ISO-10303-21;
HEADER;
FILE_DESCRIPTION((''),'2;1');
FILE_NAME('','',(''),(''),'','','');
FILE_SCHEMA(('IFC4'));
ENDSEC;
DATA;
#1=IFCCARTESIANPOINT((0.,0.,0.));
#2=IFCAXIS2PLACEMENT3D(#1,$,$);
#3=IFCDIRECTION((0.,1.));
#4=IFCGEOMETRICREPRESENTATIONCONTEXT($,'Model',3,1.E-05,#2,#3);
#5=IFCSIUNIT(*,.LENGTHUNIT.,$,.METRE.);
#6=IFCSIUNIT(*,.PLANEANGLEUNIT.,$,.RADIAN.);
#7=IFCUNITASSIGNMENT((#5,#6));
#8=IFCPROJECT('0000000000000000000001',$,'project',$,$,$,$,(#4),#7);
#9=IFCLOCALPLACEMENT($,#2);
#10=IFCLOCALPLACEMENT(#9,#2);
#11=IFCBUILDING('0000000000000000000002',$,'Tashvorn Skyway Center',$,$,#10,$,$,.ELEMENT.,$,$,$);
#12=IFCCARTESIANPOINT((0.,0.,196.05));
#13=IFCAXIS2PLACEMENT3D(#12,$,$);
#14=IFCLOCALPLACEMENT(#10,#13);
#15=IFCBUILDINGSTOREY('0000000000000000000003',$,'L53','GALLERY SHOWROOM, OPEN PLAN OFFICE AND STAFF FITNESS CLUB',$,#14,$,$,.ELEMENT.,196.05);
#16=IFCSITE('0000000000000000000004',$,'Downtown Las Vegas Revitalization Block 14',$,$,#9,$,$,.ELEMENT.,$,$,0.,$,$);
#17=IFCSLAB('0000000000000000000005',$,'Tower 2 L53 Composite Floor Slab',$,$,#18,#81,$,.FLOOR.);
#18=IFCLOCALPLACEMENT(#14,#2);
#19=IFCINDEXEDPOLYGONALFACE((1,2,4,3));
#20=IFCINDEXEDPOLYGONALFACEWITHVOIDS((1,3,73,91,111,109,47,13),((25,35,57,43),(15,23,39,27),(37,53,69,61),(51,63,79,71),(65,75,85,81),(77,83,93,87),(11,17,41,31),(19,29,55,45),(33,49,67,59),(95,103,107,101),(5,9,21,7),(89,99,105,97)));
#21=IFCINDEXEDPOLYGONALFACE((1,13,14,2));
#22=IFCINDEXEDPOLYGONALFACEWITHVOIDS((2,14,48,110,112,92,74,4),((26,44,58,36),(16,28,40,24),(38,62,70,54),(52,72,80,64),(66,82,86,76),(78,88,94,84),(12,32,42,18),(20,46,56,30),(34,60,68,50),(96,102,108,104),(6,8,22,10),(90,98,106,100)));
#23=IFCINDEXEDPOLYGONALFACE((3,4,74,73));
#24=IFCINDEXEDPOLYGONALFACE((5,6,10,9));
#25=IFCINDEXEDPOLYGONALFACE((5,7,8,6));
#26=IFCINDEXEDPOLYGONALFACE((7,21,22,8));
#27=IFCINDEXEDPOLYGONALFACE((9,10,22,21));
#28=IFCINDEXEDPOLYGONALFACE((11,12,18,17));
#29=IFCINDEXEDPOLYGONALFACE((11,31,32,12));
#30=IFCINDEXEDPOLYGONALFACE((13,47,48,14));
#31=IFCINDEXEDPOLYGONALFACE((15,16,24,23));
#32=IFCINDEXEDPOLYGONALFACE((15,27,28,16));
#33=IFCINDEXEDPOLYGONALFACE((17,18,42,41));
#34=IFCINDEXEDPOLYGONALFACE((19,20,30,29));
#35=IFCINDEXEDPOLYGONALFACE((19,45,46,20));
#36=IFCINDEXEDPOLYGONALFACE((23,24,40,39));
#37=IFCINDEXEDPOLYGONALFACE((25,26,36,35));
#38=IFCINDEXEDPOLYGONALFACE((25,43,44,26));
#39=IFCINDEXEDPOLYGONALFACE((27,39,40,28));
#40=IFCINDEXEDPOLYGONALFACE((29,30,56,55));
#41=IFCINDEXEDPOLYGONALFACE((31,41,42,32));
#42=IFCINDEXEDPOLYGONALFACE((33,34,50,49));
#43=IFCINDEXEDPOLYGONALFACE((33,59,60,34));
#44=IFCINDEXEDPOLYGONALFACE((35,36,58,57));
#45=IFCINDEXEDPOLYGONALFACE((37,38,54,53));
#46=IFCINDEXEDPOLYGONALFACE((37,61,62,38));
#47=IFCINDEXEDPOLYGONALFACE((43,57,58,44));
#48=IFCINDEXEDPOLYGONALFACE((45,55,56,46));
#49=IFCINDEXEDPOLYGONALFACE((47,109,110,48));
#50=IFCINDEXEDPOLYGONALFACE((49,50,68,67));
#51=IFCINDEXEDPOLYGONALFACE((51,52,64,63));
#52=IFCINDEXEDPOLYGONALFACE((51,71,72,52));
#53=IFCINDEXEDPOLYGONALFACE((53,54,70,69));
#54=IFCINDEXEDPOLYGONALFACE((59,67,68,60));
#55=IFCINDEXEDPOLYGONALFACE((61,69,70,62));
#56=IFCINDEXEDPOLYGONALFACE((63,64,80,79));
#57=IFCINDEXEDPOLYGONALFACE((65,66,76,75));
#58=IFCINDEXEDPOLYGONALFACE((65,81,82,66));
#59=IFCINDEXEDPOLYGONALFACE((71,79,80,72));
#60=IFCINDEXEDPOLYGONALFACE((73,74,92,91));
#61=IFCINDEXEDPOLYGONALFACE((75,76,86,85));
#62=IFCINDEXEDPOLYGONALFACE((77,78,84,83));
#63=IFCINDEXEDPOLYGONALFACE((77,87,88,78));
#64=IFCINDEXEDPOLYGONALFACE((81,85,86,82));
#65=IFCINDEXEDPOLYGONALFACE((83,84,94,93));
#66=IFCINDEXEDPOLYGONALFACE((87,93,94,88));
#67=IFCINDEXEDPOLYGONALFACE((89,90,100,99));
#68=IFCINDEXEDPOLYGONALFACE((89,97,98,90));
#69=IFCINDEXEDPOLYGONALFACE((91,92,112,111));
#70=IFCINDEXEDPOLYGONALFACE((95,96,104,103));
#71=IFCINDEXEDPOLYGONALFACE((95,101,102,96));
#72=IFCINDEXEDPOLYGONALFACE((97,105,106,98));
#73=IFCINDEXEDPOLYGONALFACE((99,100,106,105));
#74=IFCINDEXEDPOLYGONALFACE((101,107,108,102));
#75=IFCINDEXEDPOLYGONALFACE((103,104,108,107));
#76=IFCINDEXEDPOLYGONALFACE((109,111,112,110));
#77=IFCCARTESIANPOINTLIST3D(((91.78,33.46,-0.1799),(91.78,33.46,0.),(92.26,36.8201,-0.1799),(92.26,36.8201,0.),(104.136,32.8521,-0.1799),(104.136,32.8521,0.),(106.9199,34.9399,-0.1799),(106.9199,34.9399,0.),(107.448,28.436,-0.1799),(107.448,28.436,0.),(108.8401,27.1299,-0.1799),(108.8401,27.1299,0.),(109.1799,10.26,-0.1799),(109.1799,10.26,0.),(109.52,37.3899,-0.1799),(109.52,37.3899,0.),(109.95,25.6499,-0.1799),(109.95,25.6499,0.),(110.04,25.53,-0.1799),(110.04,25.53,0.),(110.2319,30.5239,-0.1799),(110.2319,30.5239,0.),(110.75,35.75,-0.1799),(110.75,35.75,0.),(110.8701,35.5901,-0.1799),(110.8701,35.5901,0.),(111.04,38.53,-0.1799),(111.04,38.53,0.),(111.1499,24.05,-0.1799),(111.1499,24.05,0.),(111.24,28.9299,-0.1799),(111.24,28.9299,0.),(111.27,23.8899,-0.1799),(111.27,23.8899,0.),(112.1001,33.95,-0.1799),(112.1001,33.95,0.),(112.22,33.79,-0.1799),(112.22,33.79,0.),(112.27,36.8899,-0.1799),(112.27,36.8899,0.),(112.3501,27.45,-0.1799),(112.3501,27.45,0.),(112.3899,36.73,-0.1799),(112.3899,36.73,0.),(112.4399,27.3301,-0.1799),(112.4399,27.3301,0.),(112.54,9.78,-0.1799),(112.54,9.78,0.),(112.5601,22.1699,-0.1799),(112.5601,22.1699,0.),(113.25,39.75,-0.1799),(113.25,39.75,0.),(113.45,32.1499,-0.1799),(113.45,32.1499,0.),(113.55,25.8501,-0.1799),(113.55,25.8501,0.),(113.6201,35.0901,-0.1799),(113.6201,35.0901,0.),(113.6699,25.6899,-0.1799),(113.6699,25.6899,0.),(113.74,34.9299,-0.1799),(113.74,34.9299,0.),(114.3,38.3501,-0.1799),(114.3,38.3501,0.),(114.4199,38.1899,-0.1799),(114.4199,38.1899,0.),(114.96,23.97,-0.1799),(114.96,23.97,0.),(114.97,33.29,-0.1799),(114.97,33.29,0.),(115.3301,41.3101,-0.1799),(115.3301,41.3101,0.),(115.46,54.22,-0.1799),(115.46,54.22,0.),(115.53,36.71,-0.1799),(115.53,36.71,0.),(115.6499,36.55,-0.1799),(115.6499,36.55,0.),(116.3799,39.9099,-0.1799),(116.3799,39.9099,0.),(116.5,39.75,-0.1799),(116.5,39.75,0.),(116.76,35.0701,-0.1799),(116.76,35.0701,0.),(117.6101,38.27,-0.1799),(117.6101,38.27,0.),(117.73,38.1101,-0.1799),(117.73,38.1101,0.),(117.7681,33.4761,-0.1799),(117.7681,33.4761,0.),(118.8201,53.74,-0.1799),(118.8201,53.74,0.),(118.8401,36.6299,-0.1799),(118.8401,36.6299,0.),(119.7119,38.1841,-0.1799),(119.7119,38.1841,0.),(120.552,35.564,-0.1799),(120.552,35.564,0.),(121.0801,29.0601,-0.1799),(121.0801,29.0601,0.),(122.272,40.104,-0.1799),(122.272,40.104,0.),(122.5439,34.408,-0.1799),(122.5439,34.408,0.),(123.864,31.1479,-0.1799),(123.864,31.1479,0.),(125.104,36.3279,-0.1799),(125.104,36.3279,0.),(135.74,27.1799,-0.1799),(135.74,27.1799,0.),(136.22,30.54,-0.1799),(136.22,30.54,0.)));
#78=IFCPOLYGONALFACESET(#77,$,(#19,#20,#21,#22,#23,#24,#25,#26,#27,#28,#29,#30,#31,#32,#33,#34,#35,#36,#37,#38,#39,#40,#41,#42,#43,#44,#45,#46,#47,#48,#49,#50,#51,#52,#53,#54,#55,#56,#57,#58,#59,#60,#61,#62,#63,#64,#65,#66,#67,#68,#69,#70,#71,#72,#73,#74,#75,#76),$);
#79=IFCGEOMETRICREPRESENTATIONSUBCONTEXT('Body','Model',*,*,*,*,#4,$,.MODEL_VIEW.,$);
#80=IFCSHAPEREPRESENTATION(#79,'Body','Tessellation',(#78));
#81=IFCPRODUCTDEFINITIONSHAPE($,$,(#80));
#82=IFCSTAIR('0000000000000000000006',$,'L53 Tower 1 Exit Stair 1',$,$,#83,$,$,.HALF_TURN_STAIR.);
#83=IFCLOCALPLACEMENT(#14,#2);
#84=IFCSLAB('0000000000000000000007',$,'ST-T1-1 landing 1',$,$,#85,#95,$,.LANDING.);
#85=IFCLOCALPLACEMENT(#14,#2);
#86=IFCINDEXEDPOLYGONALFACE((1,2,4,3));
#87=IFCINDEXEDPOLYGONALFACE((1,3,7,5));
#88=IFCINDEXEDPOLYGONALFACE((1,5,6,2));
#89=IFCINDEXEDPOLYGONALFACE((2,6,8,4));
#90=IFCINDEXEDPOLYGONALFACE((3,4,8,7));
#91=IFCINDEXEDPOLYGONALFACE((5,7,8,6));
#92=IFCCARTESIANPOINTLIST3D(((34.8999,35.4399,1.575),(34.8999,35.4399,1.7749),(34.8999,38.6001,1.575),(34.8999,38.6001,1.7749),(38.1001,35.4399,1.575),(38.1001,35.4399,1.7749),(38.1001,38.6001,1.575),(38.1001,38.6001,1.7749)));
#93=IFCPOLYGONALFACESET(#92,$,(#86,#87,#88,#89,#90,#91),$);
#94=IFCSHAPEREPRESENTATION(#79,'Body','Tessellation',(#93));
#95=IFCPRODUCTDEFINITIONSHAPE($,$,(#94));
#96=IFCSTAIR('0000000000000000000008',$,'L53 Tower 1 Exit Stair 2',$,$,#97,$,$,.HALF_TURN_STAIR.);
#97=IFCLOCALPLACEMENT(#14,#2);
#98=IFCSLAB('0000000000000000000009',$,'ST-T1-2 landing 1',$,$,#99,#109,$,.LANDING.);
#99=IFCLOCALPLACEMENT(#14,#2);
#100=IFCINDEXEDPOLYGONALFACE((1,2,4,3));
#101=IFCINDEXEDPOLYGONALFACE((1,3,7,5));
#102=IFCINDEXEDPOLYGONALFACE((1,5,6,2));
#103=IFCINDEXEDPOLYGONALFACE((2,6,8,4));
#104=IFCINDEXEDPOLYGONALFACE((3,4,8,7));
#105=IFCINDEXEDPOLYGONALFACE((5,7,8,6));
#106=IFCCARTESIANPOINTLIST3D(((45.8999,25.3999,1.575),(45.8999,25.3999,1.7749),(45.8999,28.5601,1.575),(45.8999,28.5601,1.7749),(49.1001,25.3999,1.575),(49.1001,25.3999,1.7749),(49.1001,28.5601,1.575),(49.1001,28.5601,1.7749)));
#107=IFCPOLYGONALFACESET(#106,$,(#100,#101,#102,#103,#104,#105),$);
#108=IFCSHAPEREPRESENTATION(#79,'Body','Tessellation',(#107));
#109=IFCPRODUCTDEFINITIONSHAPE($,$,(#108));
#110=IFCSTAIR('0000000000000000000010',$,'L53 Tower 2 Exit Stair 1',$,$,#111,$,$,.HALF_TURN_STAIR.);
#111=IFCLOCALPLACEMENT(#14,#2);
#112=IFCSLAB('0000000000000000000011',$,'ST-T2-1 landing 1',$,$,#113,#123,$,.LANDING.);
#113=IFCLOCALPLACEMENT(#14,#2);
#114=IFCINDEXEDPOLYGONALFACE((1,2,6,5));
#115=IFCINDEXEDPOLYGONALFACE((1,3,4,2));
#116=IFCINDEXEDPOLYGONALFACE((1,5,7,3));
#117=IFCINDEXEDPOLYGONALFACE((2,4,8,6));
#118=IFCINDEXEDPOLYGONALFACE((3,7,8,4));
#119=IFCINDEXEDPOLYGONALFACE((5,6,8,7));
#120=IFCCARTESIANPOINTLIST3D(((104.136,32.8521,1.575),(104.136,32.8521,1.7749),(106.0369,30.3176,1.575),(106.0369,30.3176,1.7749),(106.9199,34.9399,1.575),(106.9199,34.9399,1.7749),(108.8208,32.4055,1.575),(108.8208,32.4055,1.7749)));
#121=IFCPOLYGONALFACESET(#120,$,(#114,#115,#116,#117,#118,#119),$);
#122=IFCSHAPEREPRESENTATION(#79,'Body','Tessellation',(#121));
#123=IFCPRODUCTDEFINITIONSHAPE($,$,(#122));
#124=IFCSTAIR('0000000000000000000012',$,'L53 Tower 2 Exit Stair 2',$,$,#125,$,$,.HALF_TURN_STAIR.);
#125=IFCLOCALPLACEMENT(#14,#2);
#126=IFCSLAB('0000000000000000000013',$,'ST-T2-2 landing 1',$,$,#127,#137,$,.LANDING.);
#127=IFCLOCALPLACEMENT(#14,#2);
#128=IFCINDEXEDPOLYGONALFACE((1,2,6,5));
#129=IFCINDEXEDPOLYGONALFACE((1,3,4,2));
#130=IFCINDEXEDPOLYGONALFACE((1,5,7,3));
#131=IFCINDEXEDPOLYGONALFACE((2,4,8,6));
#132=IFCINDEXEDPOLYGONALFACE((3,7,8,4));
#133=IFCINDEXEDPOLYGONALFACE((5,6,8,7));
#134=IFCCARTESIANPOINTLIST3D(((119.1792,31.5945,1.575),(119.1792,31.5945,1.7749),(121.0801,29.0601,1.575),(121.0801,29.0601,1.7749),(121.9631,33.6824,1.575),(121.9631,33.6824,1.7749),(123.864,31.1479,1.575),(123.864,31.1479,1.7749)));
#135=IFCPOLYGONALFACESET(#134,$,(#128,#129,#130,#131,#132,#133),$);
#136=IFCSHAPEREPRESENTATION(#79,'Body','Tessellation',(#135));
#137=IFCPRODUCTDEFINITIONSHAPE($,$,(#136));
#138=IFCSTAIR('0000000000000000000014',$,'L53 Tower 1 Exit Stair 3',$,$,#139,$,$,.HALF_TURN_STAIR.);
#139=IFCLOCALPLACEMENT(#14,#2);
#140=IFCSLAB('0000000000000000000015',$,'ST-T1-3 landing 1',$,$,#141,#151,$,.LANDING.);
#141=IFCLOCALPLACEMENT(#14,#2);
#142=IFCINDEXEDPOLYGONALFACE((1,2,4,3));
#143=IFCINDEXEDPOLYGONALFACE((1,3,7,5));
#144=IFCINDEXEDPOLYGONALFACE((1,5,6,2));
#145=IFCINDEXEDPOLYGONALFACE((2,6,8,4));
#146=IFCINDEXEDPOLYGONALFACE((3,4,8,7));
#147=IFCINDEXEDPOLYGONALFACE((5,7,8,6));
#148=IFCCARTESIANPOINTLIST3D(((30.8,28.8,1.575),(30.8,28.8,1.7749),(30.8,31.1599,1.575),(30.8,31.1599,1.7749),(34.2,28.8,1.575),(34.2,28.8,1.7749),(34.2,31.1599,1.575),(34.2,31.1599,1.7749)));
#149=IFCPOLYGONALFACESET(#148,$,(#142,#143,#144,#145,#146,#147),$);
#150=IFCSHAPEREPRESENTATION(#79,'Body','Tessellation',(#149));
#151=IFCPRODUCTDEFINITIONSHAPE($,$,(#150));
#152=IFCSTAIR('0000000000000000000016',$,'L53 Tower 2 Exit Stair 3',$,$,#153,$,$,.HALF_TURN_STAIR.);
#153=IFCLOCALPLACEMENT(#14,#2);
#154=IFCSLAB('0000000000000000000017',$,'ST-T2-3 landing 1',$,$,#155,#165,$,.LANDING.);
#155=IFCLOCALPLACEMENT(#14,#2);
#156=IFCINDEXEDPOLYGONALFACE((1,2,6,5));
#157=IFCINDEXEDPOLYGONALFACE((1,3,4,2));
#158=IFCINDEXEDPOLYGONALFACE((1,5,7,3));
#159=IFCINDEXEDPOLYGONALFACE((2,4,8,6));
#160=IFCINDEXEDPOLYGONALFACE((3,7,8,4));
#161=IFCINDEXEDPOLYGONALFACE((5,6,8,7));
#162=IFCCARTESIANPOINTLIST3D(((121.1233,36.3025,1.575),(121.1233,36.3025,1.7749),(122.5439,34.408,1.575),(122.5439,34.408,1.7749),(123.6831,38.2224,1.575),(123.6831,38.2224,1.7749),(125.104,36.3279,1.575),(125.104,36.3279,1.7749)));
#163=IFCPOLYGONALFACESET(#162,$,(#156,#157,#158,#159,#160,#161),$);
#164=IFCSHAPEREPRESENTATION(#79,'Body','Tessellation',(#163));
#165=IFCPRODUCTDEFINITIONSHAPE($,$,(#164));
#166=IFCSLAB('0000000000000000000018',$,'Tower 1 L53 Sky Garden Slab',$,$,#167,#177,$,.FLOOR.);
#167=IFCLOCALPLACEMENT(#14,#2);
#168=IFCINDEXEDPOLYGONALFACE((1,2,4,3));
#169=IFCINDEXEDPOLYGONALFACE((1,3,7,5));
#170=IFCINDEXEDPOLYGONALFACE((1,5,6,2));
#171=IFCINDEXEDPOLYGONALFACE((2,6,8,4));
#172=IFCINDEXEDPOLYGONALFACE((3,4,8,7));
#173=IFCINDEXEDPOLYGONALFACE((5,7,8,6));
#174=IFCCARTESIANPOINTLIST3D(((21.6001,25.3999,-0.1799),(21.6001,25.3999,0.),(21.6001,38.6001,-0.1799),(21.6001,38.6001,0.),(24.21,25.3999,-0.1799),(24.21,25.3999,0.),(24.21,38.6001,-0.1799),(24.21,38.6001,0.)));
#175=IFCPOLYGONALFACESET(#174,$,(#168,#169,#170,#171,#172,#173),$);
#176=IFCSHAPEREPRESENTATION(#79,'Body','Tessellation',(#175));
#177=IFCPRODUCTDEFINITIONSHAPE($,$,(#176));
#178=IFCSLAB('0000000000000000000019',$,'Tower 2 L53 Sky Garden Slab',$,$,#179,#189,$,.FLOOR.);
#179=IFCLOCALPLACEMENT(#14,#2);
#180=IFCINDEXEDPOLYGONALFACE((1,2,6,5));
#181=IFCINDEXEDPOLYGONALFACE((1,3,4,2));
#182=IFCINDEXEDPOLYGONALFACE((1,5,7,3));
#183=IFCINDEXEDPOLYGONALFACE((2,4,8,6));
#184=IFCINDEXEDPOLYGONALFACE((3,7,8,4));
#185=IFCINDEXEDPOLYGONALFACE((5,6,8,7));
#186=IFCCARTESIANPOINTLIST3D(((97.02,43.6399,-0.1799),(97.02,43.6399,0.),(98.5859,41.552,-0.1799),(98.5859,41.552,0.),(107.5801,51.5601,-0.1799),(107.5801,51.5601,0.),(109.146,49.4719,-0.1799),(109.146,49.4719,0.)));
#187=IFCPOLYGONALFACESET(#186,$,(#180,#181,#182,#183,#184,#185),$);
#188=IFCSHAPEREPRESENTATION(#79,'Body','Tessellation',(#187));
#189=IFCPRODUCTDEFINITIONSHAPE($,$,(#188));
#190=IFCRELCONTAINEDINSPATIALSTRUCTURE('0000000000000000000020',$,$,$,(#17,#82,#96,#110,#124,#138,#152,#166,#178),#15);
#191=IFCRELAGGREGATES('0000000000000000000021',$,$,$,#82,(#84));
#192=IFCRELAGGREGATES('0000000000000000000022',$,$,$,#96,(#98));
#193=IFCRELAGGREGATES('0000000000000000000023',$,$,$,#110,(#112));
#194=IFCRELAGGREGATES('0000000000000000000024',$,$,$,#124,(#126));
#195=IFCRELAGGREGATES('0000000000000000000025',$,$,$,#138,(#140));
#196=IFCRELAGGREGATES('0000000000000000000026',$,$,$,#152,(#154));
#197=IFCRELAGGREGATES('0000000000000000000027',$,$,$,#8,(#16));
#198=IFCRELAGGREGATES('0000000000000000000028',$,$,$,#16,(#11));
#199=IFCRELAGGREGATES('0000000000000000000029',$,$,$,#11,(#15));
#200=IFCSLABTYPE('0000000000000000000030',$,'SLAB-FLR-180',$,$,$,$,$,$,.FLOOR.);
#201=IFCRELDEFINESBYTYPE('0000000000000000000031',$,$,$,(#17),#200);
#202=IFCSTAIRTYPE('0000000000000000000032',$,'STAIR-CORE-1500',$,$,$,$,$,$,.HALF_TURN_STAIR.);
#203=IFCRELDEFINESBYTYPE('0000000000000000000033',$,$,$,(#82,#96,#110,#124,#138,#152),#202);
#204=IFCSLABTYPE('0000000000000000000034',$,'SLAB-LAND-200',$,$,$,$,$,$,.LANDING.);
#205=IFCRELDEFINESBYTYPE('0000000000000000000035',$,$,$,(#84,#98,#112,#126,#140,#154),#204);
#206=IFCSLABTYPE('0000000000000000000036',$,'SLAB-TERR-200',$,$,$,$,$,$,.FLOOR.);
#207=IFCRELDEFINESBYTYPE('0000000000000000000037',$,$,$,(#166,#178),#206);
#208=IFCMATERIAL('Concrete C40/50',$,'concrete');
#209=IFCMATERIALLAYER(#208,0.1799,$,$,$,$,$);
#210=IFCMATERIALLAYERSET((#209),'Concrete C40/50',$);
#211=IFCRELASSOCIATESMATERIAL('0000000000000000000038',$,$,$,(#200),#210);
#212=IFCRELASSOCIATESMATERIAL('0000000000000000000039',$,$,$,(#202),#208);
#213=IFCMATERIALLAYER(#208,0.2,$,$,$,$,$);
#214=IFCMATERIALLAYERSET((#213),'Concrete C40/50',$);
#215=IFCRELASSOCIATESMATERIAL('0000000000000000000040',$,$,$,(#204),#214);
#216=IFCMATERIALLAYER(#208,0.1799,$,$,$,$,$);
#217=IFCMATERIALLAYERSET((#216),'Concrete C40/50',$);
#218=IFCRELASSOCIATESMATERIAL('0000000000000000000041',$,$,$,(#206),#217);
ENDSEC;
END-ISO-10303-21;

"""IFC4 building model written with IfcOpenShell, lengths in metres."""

from ifc_helpers import new_model, si_unit, direction, frame, origin, place, context, subcontext, project, spatial, polyline, outline, extrude, material, layer, layer_set, type_object, element, aggregate, save


model = new_model("IFC4")

# Units and contexts
model_context = context("Model", 3, precision=1e-05, world=origin(), true_north=direction((0.0, 1.0)))
body_context = subcontext(model_context, "Body", "Model", "MODEL_VIEW")
ifc_project = project(units=[si_unit("LENGTHUNIT", "METRE"), si_unit("PLANEANGLEUNIT", "RADIAN")], contexts=[model_context])

# Site, building, storey
site_placement = place(None, origin())
site = spatial("IfcSite", under=ifc_project, at=site_placement, Name="Downtown Las Vegas Revitalization Block 14", CompositionType="ELEMENT", RefElevation=0.0)
building_placement = place(site_placement, origin())
building = spatial("IfcBuilding", under=site, at=building_placement, Name="Tashvorn Skyway Center", CompositionType="ELEMENT")
storey_placement = place(building_placement, frame((0.0, 0.0, 196.05)))
storey = spatial("IfcBuildingStorey", under=building, at=storey_placement, Name="L53", Description="GALLERY SHOWROOM, OPEN PLAN OFFICE AND STAFF FITNESS CLUB", CompositionType="ELEMENT", Elevation=196.05)

# Slab
ifc_material_1 = material(Name="Concrete C40/50", Category="concrete")
ifc_layer_1 = layer(ifc_material_1, 0.1799)
ifc_layer_set_1 = layer_set([ifc_layer_1], Name="Concrete C40/50")
slab_type_1 = type_object("IfcSlabType", Name="SLAB-FLR-180", PredefinedType="FLOOR", material=ifc_layer_set_1)
slab_1_placement = place(storey_placement, frame((0.0, 0.0, -0.1799)))
element("IfcSlab", 1, at=slab_1_placement, inside=storey, type_object=slab_type_1, Name="Tower 2 L53 Composite Floor Slab", PredefinedType="FLOOR", context=body_context, shape_type="SweptSolid", body=[
    extrude(outline(polyline([(112.54, 9.78), (135.74, 27.1799), (136.22, 30.54), (118.8201, 53.74), (115.46, 54.22), (92.26, 36.8201), (91.78, 33.46), (109.1799, 10.26), (112.54, 9.78)]), holes=[polyline([(110.2319, 30.5239), (106.9199, 34.9399), (104.136, 32.8521), (107.448, 28.436), (110.2319, 30.5239)]), polyline([(117.7681, 33.4761), (121.0801, 29.0601), (123.864, 31.1479), (120.552, 35.564), (117.7681, 33.4761)]), polyline([(119.7119, 38.1841), (122.5439, 34.408), (125.104, 36.3279), (122.272, 40.104), (119.7119, 38.1841)]), polyline([(109.95, 25.6499), (112.3501, 27.45), (111.24, 28.9299), (108.8401, 27.1299), (109.95, 25.6499)]), polyline([(111.1499, 24.05), (113.55, 25.8501), (112.4399, 27.3301), (110.04, 25.53), (111.1499, 24.05)]), polyline([(112.5601, 22.1699), (114.96, 23.97), (113.6699, 25.6899), (111.27, 23.8899), (112.5601, 22.1699)]), polyline([(113.45, 32.1499), (114.97, 33.29), (113.74, 34.9299), (112.22, 33.79), (113.45, 32.1499)]), polyline([(112.1001, 33.95), (113.6201, 35.0901), (112.3899, 36.73), (110.8701, 35.5901), (112.1001, 33.95)]), polyline([(110.75, 35.75), (112.27, 36.8899), (111.04, 38.53), (109.52, 37.3899), (110.75, 35.75)]), polyline([(116.76, 35.0701), (118.8401, 36.6299), (117.73, 38.1101), (115.6499, 36.55), (116.76, 35.0701)]), polyline([(115.53, 36.71), (117.6101, 38.27), (116.5, 39.75), (114.4199, 38.1899), (115.53, 36.71)]), polyline([(114.3, 38.3501), (116.3799, 39.9099), (115.3301, 41.3101), (113.25, 39.75), (114.3, 38.3501)])]), origin(), (0.0, 0.0, 1.0), 0.1799),
])

# Stairs, slabs
stair_type = type_object("IfcStairType", Name="STAIR-CORE-1500", PredefinedType="HALF_TURN_STAIR", material=ifc_material_1)
stair_1_placement = place(storey_placement, origin())
stair_1 = element("IfcStair", 2, at=stair_1_placement, inside=storey, type_object=stair_type, Name="L53 Tower 1 Exit Stair 1", PredefinedType="HALF_TURN_STAIR")
ifc_layer_2 = layer(ifc_material_1, 0.2)
ifc_layer_set_2 = layer_set([ifc_layer_2], Name="Concrete C40/50")
slab_type_2 = type_object("IfcSlabType", Name="SLAB-LAND-200", PredefinedType="LANDING", material=ifc_layer_set_2)
slab_2_placement = place(storey_placement, frame((0.0, 0.0, 1.575)))
slab_2 = element("IfcSlab", 3, at=slab_2_placement, type_object=slab_type_2, Name="ST-T1-1 landing 1", PredefinedType="LANDING", context=body_context, shape_type="SweptSolid", body=[
    extrude(outline(polyline([(38.1001, 35.4399), (38.1001, 38.6001), (34.8999, 38.6001), (34.8999, 35.4399), (38.1001, 35.4399)])), origin(), (0.0, 0.0, 1.0), 0.2),
])
aggregate(stair_1, [slab_2])
stair_2_placement = place(storey_placement, origin())
stair_2 = element("IfcStair", 4, at=stair_2_placement, inside=storey, type_object=stair_type, Name="L53 Tower 1 Exit Stair 2", PredefinedType="HALF_TURN_STAIR")
slab_3_placement = place(storey_placement, frame((0.0, 0.0, 1.575)))
slab_3 = element("IfcSlab", 5, at=slab_3_placement, type_object=slab_type_2, Name="ST-T1-2 landing 1", PredefinedType="LANDING", context=body_context, shape_type="SweptSolid", body=[
    extrude(outline(polyline([(45.8999, 28.5601), (45.8999, 25.3999), (49.1001, 25.3999), (49.1001, 28.5601), (45.8999, 28.5601)])), origin(), (0.0, 0.0, 1.0), 0.2),
])
aggregate(stair_2, [slab_3])
stair_3_placement = place(storey_placement, origin())
stair_3 = element("IfcStair", 6, at=stair_3_placement, inside=storey, type_object=stair_type, Name="L53 Tower 2 Exit Stair 1", PredefinedType="HALF_TURN_STAIR")
slab_4_placement = place(storey_placement, frame((0.0, 0.0, 1.575)))
slab_4 = element("IfcSlab", 7, at=slab_4_placement, type_object=slab_type_2, Name="ST-T2-1 landing 1", PredefinedType="LANDING", context=body_context, shape_type="SweptSolid", body=[
    extrude(outline(polyline([(108.8208, 32.4055), (106.9199, 34.9399), (104.136, 32.8521), (106.0369, 30.3176), (108.8208, 32.4055)])), origin(), (0.0, 0.0, 1.0), 0.2),
])
aggregate(stair_3, [slab_4])
stair_4_placement = place(storey_placement, origin())
stair_4 = element("IfcStair", 8, at=stair_4_placement, inside=storey, type_object=stair_type, Name="L53 Tower 2 Exit Stair 2", PredefinedType="HALF_TURN_STAIR")
slab_5_placement = place(storey_placement, frame((0.0, 0.0, 1.575)))
slab_5 = element("IfcSlab", 9, at=slab_5_placement, type_object=slab_type_2, Name="ST-T2-2 landing 1", PredefinedType="LANDING", context=body_context, shape_type="SweptSolid", body=[
    extrude(outline(polyline([(119.1792, 31.5945), (121.0801, 29.0601), (123.864, 31.1479), (121.9631, 33.6824), (119.1792, 31.5945)])), origin(), (0.0, 0.0, 1.0), 0.2),
])
aggregate(stair_4, [slab_5])
stair_5_placement = place(storey_placement, origin())
stair_5 = element("IfcStair", 10, at=stair_5_placement, inside=storey, type_object=stair_type, Name="L53 Tower 1 Exit Stair 3", PredefinedType="HALF_TURN_STAIR")
slab_6_placement = place(storey_placement, frame((0.0, 0.0, 1.575)))
slab_6 = element("IfcSlab", 11, at=slab_6_placement, type_object=slab_type_2, Name="ST-T1-3 landing 1", PredefinedType="LANDING", context=body_context, shape_type="SweptSolid", body=[
    extrude(outline(polyline([(30.8, 31.1599), (30.8, 28.8), (34.2, 28.8), (34.2, 31.1599), (30.8, 31.1599)])), origin(), (0.0, 0.0, 1.0), 0.2),
])
aggregate(stair_5, [slab_6])
stair_6_placement = place(storey_placement, origin())
stair_6 = element("IfcStair", 12, at=stair_6_placement, inside=storey, type_object=stair_type, Name="L53 Tower 2 Exit Stair 3", PredefinedType="HALF_TURN_STAIR")
slab_7_placement = place(storey_placement, frame((0.0, 0.0, 1.575)))
slab_7 = element("IfcSlab", 13, at=slab_7_placement, type_object=slab_type_2, Name="ST-T2-3 landing 1", PredefinedType="LANDING", context=body_context, shape_type="SweptSolid", body=[
    extrude(outline(polyline([(121.1233, 36.3025), (122.5439, 34.408), (125.104, 36.3279), (123.6831, 38.2224), (121.1233, 36.3025)])), origin(), (0.0, 0.0, 1.0), 0.2),
])
aggregate(stair_6, [slab_7])

# Slabs
ifc_layer_3 = layer(ifc_material_1, 0.1799)
ifc_layer_set_3 = layer_set([ifc_layer_3], Name="Concrete C40/50")
slab_type_3 = type_object("IfcSlabType", Name="SLAB-TERR-200", PredefinedType="FLOOR", material=ifc_layer_set_3)
slab_8_placement = place(storey_placement, frame((0.0, 0.0, -0.1799)))
element("IfcSlab", 14, at=slab_8_placement, inside=storey, type_object=slab_type_3, Name="Tower 1 L53 Sky Garden Slab", PredefinedType="FLOOR", context=body_context, shape_type="SweptSolid", body=[
    extrude(outline(polyline([(21.6001, 25.3999), (24.21, 25.3999), (24.21, 38.6001), (21.6001, 38.6001), (21.6001, 25.3999)])), origin(), (0.0, 0.0, 1.0), 0.1799),
])
slab_9_placement = place(storey_placement, frame((0.0, 0.0, -0.1799)))
element("IfcSlab", 15, at=slab_9_placement, inside=storey, type_object=slab_type_3, Name="Tower 2 L53 Sky Garden Slab", PredefinedType="FLOOR", context=body_context, shape_type="SweptSolid", body=[
    extrude(outline(polyline([(98.5859, 41.552), (109.146, 49.4719), (107.5801, 51.5601), (97.02, 43.6399), (98.5859, 41.552)])), origin(), (0.0, 0.0, 1.0), 0.1799),
])

save(model, "model.ifc")
